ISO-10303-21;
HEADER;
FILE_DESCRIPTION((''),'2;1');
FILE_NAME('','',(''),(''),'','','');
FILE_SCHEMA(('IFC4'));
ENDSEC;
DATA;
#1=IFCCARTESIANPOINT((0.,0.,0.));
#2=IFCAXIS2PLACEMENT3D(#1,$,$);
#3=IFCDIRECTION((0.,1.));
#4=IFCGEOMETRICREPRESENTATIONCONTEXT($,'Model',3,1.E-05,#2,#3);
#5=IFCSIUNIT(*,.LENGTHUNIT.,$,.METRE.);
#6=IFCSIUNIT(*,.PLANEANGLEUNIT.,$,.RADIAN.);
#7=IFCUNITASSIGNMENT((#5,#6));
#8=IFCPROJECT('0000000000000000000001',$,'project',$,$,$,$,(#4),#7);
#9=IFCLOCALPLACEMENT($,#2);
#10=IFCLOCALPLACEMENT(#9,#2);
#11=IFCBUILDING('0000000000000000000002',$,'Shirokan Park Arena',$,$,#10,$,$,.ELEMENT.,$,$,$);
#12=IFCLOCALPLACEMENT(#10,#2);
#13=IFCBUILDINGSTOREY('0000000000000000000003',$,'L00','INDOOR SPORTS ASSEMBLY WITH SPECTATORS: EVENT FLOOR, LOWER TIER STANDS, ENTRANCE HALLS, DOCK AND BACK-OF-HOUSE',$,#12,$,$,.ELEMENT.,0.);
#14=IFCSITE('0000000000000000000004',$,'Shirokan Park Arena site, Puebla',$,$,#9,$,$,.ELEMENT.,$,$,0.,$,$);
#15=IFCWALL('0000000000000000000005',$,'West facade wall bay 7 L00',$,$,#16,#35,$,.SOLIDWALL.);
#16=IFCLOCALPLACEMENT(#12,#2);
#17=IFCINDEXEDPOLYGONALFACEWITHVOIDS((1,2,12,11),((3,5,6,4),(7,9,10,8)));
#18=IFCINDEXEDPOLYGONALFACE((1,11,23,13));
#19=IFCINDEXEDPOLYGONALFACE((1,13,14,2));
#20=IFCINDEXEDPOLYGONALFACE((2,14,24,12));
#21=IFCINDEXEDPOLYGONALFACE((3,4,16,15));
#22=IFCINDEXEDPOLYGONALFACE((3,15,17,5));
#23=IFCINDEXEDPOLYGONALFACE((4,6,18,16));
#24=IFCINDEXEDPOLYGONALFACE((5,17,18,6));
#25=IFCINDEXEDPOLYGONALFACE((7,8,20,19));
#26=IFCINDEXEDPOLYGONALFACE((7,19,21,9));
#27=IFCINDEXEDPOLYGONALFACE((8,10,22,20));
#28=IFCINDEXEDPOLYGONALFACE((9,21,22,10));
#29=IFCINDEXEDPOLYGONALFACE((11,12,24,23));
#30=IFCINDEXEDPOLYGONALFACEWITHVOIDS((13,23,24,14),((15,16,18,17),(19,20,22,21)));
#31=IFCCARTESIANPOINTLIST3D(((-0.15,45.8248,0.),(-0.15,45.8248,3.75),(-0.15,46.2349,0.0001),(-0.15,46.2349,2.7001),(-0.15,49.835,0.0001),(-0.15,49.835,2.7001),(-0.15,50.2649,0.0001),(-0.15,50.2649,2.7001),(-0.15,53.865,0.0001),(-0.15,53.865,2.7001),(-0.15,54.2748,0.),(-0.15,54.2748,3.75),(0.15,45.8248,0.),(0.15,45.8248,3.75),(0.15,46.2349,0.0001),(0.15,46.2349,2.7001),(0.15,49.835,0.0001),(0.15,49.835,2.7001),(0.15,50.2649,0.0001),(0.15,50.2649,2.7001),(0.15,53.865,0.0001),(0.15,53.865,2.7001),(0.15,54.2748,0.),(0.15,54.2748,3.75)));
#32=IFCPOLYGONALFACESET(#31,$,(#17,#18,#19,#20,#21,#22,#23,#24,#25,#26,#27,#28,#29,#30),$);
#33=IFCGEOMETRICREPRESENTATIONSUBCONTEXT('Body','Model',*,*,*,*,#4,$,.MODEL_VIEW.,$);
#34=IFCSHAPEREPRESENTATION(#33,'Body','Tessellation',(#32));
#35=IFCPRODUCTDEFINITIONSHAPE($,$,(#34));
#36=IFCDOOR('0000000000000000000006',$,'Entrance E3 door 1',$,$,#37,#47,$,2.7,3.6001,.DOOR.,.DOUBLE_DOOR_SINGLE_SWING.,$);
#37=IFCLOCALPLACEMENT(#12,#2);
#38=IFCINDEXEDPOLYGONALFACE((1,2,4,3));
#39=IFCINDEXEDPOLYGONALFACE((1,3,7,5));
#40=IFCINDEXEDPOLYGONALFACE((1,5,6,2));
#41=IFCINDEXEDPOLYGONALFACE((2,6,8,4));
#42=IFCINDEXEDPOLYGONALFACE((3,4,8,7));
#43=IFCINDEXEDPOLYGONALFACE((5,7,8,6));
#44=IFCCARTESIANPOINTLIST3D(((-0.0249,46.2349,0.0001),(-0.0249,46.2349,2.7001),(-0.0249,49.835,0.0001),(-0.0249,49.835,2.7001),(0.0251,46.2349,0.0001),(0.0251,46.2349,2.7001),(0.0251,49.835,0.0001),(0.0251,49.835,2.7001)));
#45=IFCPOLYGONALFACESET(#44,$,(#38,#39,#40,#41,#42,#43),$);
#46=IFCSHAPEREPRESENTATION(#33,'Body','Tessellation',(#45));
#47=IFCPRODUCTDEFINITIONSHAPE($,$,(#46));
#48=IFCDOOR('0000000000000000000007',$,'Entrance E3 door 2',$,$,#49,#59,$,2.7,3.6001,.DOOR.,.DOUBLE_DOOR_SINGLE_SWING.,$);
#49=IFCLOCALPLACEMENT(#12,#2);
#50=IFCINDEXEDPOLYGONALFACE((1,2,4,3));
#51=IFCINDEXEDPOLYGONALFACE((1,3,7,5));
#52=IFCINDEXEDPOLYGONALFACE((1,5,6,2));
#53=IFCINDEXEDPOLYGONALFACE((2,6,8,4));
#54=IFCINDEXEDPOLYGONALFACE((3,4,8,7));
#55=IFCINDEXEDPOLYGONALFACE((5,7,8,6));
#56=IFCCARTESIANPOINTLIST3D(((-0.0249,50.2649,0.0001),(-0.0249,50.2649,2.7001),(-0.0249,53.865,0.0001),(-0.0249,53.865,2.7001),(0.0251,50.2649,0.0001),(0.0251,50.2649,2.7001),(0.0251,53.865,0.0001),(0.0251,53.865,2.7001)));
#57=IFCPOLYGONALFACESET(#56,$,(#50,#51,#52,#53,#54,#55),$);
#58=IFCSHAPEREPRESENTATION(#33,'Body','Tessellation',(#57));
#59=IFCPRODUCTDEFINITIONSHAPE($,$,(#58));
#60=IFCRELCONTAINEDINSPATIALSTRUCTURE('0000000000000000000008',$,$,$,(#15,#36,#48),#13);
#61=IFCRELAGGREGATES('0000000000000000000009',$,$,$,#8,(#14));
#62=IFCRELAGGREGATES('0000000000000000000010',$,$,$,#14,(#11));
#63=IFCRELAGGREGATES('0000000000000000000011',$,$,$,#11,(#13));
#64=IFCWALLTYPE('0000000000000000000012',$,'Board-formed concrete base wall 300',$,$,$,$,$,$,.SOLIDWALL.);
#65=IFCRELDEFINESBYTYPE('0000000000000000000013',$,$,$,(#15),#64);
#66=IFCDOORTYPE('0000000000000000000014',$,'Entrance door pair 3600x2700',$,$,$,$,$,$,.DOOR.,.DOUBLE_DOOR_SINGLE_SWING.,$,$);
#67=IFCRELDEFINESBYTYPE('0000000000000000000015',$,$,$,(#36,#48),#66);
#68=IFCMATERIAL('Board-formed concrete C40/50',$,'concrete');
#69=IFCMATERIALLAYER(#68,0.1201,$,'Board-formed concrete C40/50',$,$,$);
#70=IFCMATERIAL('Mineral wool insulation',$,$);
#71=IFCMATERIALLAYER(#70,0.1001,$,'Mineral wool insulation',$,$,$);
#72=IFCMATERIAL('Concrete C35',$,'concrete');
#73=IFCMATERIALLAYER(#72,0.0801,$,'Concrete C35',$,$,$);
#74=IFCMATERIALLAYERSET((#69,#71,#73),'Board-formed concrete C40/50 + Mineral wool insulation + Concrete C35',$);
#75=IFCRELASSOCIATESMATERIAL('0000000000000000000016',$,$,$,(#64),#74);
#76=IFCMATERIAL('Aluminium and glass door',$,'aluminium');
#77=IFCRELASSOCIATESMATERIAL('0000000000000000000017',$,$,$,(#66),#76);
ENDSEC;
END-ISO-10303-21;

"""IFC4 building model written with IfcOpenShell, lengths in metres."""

from ifc_helpers import new_model, si_unit, direction, frame, frame_2d, origin, place, context, subcontext, project, spatial, rectangle, extrude, material, layer, layer_set, type_object, element, fill, save


model = new_model("IFC4")

# Units and contexts
model_context = context("Model", 3, precision=1e-05, world=origin(), true_north=direction((0.0, 1.0)))
body_context = subcontext(model_context, "Body", "Model", "MODEL_VIEW")
ifc_project = project(units=[si_unit("LENGTHUNIT", "METRE"), si_unit("PLANEANGLEUNIT", "RADIAN")], contexts=[model_context])

# Site, building, storey
site_placement = place(None, origin())
site = spatial("IfcSite", under=ifc_project, at=site_placement, Name="Shirokan Park Arena site, Puebla", CompositionType="ELEMENT", RefElevation=0.0)
building_placement = place(site_placement, origin())
building = spatial("IfcBuilding", under=site, at=building_placement, Name="Shirokan Park Arena", CompositionType="ELEMENT")
storey_placement = place(building_placement, origin())
storey = spatial("IfcBuildingStorey", under=building, at=storey_placement, Name="L00", Description="INDOOR SPORTS ASSEMBLY WITH SPECTATORS: EVENT FLOOR, LOWER TIER STANDS, ENTRANCE HALLS, DOCK AND BACK-OF-HOUSE", CompositionType="ELEMENT", Elevation=0.0)

# Shared definitions
ifc_material_1 = material(Name="Concrete C35", Category="concrete")

# Shared definitions
ifc_material_2 = material(Name="Board-formed concrete C40/50", Category="concrete")
ifc_layer_1 = layer(ifc_material_2, 0.1201, Name="Board-formed concrete C40/50")
ifc_material_3 = material(Name="Mineral wool insulation")
ifc_layer_2 = layer(ifc_material_3, 0.1001, Name="Mineral wool insulation")
ifc_layer_3 = layer(ifc_material_1, 0.0801, Name="Concrete C35")
ifc_layer_set_1 = layer_set([ifc_layer_1, ifc_layer_2, ifc_layer_3], Name="Board-formed concrete C40/50 + Mineral wool insulation + Concrete C35")
wall_type_1 = type_object("IfcWallType", Name="Board-formed concrete base wall 300", PredefinedType="SOLIDWALL", material=ifc_layer_set_1)

# Wall, openings, doors
wall_1_placement = place(storey_placement, frame((0.0, 54.2749, 0.0), z_axis=(0.0, 0.0, 1.0), x_axis=(0.0, -1.0, 0.0)))
wall_1 = element("IfcWall", 1, at=wall_1_placement, inside=storey, type_object=wall_type_1, Name="West facade wall bay 7 L00", PredefinedType="SOLIDWALL", context=body_context, shape_type="SweptSolid", body=[
    extrude(rectangle(XDim=8.45, YDim=0.3, at=frame_2d((4.2251, 0.0))), origin(), (0.0, 0.0, 1.0), 3.75),
])
opening_1_placement = place(wall_1_placement, frame((4.4399, 0.0, 0.0)))
opening_1 = element("IfcOpeningElement", 2, at=opening_1_placement, cuts=wall_1, PredefinedType="OPENING", context=body_context, shape_type="SweptSolid", body=[
    extrude(rectangle(XDim=3.6001, YDim=2.7, at=frame_2d((1.8, 1.3501))), frame((0.0, 0.1599, 0.0), z_axis=(0.0, -1.0, 0.0), x_axis=(1.0, 0.0, 0.0)), (0.0, 0.0, 1.0), 0.3201),
])
opening_2_placement = place(wall_1_placement, frame((0.4099, 0.0, 0.0)))
opening_2 = element("IfcOpeningElement", 3, at=opening_2_placement, cuts=wall_1, PredefinedType="OPENING", context=body_context, shape_type="SweptSolid", body=[
    extrude(rectangle(XDim=3.6001, YDim=2.7, at=frame_2d((1.8, 1.3501))), frame((0.0, 0.1599, 0.0), z_axis=(0.0, -1.0, 0.0), x_axis=(1.0, 0.0, 0.0)), (0.0, 0.0, 1.0), 0.3201),
])
ifc_material_4 = material(Name="Aluminium and glass door", Category="aluminium")
door_type_1 = type_object("IfcDoorType", Name="Entrance door pair 3600x2700", OperationType="DOUBLE_DOOR_SINGLE_SWING", PredefinedType="DOOR", material=ifc_material_4)
door_1_placement = place(opening_1_placement, frame((3.6001, 0.0, 0.0), z_axis=(0.0, 0.0, 1.0), x_axis=(-1.0, 0.0, 0.0)))
door_1 = element("IfcDoor", 4, at=door_1_placement, inside=storey, type_object=door_type_1, Name="Entrance E3 door 1", OperationType="DOUBLE_DOOR_SINGLE_SWING", OverallHeight=2.7, OverallWidth=3.6001, PredefinedType="DOOR", context=body_context, shape_type="SweptSolid", body=[
    extrude(rectangle(XDim=3.6001, YDim=2.7, at=frame_2d((1.8, 1.3501))), frame((0.0, 0.0249, 0.0), z_axis=(0.0, -1.0, 0.0), x_axis=(1.0, 0.0, 0.0)), (0.0, 0.0, 1.0), 0.05),
])
fill(opening_1, door_1)
door_2_placement = place(opening_2_placement, frame((3.6001, 0.0, 0.0), z_axis=(0.0, 0.0, 1.0), x_axis=(-1.0, 0.0, 0.0)))
door_2 = element("IfcDoor", 5, at=door_2_placement, inside=storey, type_object=door_type_1, Name="Entrance E3 door 2", OperationType="DOUBLE_DOOR_SINGLE_SWING", OverallHeight=2.7, OverallWidth=3.6001, PredefinedType="DOOR", context=body_context, shape_type="SweptSolid", body=[
    extrude(rectangle(XDim=3.6001, YDim=2.7, at=frame_2d((1.8, 1.3501))), frame((0.0, 0.0249, 0.0), z_axis=(0.0, -1.0, 0.0), x_axis=(1.0, 0.0, 0.0)), (0.0, 0.0, 1.0), 0.05),
])
fill(opening_2, door_2)

save(model, "model.ifc")
